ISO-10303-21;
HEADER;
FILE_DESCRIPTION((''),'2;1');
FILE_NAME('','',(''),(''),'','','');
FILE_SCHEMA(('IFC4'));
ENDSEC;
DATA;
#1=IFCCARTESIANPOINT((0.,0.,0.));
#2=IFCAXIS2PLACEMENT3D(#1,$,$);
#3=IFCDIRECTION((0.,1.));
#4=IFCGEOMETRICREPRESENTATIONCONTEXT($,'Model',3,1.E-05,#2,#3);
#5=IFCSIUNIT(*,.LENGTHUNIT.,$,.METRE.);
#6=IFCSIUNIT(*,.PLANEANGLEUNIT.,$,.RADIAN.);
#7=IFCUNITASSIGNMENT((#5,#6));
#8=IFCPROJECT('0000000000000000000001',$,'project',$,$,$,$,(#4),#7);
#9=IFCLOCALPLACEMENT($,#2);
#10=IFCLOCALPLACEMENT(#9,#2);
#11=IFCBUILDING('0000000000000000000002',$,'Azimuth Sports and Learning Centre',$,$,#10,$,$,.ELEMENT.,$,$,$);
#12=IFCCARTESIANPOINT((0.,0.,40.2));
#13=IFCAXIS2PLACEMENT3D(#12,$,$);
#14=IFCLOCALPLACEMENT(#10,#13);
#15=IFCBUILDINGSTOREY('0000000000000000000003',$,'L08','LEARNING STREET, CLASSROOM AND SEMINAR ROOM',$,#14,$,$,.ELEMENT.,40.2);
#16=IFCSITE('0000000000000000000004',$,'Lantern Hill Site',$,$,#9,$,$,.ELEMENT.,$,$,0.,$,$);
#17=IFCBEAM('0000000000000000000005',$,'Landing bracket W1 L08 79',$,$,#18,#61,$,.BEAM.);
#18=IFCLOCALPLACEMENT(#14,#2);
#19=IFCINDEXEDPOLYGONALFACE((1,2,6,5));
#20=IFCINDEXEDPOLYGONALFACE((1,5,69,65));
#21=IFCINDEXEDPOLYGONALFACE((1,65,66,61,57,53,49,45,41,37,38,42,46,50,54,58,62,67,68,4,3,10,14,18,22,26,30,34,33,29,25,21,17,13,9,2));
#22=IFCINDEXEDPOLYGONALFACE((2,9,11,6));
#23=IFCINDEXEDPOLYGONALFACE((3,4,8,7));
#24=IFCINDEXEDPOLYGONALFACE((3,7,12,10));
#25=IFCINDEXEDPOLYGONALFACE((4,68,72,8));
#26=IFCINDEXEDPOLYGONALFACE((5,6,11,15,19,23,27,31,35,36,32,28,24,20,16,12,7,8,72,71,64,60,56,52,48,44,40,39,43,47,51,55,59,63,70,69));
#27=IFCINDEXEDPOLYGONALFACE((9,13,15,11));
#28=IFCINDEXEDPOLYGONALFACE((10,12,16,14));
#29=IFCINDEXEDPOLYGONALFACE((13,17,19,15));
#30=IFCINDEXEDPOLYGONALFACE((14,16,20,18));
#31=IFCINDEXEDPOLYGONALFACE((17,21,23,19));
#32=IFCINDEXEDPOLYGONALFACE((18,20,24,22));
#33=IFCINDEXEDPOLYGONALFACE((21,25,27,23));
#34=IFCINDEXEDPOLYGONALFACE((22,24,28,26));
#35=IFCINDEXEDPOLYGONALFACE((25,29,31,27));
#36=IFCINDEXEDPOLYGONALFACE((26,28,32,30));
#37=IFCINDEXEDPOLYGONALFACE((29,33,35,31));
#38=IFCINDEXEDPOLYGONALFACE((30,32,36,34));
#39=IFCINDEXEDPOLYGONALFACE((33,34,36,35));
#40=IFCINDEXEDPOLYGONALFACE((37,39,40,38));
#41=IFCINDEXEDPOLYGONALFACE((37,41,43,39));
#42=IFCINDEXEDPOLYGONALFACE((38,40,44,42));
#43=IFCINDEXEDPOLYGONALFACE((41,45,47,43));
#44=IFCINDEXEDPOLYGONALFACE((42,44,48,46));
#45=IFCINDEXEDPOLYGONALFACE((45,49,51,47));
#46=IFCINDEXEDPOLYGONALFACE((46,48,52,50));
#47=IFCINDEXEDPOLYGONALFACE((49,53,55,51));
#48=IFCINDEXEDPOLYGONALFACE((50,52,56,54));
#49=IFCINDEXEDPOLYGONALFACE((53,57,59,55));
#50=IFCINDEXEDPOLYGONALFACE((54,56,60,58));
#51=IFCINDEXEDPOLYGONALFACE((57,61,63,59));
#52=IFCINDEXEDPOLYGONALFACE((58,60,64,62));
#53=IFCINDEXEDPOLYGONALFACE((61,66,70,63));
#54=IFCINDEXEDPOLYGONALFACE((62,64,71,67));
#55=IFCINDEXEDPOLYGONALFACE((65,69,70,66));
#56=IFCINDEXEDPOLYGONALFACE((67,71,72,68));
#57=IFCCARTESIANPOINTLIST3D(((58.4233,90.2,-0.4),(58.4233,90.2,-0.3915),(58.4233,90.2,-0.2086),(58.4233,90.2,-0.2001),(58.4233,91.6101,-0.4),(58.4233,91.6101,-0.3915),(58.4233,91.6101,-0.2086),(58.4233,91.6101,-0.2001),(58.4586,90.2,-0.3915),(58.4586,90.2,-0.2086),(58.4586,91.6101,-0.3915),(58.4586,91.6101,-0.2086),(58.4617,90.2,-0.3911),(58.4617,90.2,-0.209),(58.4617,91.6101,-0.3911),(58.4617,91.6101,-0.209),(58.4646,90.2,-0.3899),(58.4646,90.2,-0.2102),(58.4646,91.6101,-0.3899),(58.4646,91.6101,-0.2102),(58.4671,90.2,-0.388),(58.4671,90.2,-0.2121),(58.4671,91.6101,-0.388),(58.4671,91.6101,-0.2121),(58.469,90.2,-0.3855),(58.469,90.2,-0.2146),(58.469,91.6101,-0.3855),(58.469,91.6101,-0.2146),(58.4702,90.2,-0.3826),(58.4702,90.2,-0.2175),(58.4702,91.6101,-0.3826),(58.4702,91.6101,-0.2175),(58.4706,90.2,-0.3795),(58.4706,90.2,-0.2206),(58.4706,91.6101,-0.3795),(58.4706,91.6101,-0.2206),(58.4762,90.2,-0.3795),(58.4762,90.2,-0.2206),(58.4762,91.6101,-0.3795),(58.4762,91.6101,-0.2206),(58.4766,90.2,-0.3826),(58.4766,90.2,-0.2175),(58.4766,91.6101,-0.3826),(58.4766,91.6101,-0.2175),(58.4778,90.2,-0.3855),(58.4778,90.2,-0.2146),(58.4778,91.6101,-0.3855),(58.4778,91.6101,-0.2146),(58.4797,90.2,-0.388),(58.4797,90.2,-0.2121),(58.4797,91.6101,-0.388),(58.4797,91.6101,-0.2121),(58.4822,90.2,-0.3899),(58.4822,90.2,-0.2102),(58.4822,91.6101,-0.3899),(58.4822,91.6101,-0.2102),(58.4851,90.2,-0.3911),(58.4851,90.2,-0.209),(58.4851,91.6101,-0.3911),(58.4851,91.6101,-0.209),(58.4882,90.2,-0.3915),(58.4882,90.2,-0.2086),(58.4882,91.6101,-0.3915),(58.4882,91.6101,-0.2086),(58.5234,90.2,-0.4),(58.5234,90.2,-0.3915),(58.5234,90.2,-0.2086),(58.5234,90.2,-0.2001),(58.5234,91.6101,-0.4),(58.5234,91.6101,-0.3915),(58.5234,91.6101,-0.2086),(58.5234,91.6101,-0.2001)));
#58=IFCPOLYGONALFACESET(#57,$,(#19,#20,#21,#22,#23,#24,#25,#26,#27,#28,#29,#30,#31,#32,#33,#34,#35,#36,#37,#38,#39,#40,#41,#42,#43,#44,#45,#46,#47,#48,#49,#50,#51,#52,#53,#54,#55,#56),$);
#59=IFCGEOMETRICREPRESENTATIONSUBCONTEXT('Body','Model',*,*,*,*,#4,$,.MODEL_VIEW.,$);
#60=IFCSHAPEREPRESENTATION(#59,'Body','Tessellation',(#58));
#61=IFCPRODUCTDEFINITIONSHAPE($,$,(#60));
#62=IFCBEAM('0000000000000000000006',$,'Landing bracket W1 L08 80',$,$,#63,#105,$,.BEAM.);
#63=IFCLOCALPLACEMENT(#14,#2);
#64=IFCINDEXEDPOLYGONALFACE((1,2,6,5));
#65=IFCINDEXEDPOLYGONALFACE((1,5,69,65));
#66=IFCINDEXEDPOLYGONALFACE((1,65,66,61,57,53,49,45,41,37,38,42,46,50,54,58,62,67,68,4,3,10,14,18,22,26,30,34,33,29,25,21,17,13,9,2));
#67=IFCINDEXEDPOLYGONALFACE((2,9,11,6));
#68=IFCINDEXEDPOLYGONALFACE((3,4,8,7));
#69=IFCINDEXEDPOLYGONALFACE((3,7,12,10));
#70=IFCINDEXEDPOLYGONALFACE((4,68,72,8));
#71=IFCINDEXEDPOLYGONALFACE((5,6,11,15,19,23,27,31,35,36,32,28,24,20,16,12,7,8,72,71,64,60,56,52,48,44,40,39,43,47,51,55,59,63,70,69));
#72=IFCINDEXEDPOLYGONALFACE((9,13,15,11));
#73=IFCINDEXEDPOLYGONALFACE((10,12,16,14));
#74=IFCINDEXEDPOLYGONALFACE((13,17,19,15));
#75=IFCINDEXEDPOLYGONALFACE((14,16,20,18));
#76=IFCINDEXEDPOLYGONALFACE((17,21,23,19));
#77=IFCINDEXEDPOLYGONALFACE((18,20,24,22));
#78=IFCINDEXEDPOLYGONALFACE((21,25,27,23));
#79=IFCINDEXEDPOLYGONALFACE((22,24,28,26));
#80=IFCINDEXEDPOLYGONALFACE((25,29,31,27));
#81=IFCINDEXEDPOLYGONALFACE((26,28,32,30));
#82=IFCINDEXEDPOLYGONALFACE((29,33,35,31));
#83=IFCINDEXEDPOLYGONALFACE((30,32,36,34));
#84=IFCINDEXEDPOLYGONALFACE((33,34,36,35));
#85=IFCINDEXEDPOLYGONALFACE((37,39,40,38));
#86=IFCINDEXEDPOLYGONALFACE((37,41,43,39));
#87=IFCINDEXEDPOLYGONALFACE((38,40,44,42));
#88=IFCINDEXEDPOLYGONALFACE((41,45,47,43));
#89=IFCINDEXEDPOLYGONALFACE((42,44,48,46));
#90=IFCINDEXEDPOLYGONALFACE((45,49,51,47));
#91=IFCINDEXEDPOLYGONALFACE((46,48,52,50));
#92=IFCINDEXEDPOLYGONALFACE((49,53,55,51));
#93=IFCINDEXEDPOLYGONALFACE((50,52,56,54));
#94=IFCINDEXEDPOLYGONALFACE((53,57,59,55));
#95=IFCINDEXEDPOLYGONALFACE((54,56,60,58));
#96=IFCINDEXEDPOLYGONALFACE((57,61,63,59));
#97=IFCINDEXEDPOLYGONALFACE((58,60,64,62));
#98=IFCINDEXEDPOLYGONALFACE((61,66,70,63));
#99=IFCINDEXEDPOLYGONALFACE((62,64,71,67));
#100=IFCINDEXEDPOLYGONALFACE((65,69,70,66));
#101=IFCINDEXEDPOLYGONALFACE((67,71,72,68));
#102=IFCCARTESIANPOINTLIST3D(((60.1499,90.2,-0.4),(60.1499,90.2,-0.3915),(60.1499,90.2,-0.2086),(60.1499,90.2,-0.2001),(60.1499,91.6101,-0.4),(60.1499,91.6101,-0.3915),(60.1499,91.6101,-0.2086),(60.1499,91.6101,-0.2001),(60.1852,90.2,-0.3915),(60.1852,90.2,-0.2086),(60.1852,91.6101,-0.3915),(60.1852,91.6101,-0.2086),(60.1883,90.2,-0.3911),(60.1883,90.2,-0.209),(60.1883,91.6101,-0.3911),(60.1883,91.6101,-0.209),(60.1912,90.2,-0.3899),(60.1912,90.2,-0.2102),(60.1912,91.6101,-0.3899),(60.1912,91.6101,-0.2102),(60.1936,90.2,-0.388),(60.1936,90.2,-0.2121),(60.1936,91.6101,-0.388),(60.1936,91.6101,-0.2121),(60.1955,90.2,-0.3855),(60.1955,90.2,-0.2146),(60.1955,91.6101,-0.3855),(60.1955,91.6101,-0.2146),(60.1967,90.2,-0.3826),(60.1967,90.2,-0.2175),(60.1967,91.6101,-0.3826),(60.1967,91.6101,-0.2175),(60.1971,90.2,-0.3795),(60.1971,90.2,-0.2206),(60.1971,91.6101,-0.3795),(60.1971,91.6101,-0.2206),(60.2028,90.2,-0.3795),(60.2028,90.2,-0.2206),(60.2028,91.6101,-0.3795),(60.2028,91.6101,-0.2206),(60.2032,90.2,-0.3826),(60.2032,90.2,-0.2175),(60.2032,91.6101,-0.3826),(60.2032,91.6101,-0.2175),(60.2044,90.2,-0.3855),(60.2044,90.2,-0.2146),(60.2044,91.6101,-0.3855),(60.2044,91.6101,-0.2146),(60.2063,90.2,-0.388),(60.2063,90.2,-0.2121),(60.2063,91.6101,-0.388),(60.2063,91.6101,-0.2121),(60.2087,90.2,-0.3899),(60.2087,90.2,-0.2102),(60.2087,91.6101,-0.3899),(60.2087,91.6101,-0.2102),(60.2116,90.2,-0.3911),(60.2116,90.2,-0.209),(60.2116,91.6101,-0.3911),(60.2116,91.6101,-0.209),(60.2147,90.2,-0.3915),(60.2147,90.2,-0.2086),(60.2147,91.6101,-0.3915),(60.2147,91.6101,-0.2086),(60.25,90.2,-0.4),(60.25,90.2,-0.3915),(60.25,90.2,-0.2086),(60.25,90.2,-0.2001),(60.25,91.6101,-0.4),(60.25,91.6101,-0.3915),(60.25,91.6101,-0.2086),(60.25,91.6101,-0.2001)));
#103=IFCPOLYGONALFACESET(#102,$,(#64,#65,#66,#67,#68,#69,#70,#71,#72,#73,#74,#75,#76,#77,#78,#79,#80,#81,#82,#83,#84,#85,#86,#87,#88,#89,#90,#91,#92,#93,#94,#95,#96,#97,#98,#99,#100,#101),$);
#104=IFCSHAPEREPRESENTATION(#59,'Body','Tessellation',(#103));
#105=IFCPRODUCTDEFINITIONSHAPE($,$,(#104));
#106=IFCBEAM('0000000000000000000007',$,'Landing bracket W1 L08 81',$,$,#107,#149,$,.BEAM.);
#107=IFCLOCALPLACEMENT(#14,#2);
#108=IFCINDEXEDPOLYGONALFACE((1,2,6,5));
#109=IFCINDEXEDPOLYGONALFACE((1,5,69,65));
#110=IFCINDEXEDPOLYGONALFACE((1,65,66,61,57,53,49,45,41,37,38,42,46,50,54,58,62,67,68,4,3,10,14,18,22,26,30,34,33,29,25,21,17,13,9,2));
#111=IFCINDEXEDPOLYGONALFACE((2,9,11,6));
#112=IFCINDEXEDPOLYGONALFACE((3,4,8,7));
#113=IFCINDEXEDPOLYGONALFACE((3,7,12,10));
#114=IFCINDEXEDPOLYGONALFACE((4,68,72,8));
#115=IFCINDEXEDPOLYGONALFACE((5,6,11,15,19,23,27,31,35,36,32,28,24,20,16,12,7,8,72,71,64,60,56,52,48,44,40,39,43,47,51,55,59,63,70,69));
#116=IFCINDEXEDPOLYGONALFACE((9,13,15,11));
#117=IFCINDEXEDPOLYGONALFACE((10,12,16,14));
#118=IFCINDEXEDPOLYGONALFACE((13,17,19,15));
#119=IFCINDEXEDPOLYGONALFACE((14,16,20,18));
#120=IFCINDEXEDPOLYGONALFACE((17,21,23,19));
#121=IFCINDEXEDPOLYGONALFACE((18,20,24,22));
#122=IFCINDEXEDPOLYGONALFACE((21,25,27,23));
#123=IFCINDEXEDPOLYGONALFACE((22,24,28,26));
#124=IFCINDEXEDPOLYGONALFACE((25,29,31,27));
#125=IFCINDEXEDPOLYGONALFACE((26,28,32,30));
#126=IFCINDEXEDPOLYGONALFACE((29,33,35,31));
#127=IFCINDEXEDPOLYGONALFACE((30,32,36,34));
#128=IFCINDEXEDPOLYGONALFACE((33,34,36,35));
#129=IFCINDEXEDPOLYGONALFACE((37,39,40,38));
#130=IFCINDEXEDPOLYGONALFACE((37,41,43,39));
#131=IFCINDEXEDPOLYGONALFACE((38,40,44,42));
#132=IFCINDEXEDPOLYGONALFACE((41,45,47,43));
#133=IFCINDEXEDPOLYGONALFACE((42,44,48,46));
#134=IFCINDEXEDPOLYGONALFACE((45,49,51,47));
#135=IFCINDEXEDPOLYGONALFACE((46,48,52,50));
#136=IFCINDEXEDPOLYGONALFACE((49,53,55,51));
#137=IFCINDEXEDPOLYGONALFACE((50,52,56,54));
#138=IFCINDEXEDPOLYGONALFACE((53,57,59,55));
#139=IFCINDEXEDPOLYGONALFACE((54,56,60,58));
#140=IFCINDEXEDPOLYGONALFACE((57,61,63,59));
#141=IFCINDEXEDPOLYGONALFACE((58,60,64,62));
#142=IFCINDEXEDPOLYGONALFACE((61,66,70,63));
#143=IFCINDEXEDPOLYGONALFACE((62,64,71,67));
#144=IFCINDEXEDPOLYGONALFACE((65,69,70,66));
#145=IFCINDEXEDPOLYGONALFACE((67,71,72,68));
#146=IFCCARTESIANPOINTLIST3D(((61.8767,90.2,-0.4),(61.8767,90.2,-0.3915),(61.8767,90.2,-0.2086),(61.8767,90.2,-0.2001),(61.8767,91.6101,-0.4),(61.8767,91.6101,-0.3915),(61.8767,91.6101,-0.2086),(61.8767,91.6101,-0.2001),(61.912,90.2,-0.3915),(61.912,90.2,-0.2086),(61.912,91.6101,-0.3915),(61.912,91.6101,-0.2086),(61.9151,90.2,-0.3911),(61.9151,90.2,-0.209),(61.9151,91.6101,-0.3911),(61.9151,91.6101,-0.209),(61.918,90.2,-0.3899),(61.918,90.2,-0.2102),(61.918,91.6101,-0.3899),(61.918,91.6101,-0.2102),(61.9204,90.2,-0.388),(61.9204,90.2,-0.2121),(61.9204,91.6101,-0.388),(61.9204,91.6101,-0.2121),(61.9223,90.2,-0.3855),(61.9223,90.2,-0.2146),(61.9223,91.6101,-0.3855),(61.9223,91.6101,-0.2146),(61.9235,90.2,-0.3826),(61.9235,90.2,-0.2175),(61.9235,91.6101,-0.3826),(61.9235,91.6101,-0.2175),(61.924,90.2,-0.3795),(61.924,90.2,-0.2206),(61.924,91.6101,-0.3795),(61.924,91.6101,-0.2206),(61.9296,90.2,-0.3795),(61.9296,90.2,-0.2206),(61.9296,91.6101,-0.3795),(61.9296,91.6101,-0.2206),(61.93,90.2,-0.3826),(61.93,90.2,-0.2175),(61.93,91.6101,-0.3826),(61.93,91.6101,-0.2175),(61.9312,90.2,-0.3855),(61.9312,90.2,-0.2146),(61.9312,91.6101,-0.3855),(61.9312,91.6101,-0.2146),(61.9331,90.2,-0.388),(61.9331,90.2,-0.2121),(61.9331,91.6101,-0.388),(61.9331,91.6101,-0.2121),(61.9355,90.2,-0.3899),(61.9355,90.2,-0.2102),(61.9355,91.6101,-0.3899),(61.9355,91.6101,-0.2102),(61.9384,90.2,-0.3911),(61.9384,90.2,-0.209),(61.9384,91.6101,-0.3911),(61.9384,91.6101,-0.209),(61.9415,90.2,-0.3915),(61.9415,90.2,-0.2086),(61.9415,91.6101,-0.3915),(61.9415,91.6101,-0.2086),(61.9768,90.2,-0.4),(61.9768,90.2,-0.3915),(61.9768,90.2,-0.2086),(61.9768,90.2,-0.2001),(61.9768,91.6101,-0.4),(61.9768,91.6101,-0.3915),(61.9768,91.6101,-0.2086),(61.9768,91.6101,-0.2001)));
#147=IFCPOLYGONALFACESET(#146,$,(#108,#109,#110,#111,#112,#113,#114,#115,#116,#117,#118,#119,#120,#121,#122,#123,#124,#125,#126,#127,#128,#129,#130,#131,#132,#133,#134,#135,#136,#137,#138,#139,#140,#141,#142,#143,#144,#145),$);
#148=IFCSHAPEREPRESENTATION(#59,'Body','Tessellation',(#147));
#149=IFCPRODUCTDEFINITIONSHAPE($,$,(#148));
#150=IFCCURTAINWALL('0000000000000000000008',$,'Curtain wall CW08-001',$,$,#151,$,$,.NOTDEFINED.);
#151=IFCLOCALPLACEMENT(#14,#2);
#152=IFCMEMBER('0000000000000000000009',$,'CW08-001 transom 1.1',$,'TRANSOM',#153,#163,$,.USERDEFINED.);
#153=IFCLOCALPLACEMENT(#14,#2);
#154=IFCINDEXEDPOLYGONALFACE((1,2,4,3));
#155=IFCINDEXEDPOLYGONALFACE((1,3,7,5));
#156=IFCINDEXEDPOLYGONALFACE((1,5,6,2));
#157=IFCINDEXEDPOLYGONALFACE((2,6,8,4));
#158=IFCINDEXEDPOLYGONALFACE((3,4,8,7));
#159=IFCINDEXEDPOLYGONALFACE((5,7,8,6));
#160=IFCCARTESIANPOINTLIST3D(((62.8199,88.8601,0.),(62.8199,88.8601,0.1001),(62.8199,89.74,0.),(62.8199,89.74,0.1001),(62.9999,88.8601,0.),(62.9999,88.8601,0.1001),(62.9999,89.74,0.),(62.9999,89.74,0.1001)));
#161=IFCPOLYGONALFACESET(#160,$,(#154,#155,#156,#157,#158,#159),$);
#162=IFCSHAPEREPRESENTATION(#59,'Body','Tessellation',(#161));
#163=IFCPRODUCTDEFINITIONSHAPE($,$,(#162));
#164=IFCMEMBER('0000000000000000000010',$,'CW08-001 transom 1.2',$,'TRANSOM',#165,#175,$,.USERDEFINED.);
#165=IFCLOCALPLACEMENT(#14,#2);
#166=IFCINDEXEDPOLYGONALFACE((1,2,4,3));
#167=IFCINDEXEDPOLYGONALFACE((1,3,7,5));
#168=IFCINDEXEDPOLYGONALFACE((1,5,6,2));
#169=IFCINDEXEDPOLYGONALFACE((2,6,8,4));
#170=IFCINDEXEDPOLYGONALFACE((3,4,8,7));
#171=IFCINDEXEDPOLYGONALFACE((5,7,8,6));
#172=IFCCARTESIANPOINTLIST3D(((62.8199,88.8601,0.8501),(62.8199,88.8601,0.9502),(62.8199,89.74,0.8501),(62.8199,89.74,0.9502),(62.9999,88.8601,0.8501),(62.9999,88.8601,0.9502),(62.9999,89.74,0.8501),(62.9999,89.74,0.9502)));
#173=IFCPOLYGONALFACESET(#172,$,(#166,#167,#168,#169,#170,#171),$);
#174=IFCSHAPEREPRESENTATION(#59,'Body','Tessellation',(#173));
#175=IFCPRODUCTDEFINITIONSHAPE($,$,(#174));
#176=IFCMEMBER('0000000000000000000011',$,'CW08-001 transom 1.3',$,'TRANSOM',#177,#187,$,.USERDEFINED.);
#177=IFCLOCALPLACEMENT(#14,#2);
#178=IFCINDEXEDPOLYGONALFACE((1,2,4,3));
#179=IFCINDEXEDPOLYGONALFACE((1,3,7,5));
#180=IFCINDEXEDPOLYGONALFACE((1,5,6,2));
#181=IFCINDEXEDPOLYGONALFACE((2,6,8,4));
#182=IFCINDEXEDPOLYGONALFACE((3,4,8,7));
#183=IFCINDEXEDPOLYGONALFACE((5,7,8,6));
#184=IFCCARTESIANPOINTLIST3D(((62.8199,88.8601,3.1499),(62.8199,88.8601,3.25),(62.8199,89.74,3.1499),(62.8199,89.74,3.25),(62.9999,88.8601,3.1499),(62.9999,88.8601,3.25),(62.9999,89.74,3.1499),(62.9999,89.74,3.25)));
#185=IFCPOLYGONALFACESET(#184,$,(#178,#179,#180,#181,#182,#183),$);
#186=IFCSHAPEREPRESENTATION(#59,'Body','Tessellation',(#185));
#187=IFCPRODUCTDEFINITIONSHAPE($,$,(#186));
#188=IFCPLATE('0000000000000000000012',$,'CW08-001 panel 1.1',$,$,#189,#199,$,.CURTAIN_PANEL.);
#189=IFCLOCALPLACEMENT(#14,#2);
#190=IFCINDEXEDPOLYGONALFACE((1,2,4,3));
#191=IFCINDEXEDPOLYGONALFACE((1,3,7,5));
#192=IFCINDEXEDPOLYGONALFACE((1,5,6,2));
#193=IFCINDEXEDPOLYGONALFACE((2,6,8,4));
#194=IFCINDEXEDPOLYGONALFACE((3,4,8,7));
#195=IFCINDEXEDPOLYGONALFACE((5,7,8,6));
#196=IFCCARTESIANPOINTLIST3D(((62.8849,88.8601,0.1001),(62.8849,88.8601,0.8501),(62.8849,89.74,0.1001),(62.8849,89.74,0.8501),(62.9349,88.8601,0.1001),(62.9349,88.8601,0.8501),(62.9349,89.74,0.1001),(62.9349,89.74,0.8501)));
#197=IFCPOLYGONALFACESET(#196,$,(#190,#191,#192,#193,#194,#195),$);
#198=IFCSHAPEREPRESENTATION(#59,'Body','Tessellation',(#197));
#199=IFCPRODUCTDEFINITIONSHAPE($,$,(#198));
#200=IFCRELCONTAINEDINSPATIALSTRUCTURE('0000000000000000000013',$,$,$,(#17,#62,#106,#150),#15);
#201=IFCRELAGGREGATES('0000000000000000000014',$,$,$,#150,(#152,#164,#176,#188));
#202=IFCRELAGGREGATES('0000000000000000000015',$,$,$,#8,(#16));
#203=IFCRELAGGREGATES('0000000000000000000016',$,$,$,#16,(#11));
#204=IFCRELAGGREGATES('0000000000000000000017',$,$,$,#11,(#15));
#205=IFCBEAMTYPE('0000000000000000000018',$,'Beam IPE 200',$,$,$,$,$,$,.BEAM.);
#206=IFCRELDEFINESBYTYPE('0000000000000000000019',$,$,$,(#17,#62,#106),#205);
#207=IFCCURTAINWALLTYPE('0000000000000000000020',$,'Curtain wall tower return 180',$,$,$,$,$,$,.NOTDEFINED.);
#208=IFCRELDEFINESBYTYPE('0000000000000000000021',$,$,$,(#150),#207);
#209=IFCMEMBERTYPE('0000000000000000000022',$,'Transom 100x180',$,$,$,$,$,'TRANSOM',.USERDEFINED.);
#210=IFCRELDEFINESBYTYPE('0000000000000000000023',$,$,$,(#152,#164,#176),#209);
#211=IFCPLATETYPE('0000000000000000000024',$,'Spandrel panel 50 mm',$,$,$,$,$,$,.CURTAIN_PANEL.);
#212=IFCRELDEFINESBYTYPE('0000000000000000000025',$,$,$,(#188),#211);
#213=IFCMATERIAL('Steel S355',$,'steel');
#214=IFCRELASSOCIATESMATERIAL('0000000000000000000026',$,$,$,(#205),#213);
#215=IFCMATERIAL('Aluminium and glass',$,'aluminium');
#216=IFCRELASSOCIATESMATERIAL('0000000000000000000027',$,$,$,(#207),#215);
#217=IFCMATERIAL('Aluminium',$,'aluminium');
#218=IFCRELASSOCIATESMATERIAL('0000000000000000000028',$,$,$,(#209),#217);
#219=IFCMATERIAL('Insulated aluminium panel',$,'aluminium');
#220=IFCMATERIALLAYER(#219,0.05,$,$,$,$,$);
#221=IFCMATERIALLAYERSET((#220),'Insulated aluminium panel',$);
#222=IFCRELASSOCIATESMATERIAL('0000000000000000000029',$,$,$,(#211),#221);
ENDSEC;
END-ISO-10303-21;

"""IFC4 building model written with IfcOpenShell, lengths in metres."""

from ifc_helpers import new_model, si_unit, direction, frame, origin, origin_2d, place, context, subcontext, project, spatial, rectangle, i_section, extrude, material, layer, layer_set, material_profile, profile_set, type_object, element, aggregate, save


model = new_model("IFC4")

# Units and contexts
model_context = context("Model", 3, precision=1e-05, world=origin(), true_north=direction((0.0, 1.0)))
body_context = subcontext(model_context, "Body", "Model", "MODEL_VIEW")
ifc_project = project(units=[si_unit("LENGTHUNIT", "METRE"), si_unit("PLANEANGLEUNIT", "RADIAN")], contexts=[model_context])

# Site, building, storey
site_placement = place(None, origin())
site = spatial("IfcSite", under=ifc_project, at=site_placement, Name="Lantern Hill Site", CompositionType="ELEMENT", RefElevation=0.0)
building_placement = place(site_placement, origin())
building = spatial("IfcBuilding", under=site, at=building_placement, Name="Azimuth Sports and Learning Centre", CompositionType="ELEMENT")
storey_placement = place(building_placement, frame((0.0, 0.0, 40.2)))
storey = spatial("IfcBuildingStorey", under=building, at=storey_placement, Name="L08", Description="LEARNING STREET, CLASSROOM AND SEMINAR ROOM", CompositionType="ELEMENT", Elevation=40.2)

# Beams
ifc_material_1 = material(Name="Steel S355", Category="steel")
ifc_material_profile_1 = material_profile(ifc_material_1, i_section(OverallWidth=0.1001, OverallDepth=0.2, WebThickness=0.0056, FlangeThickness=0.0085, FilletRadius=0.012, at=origin_2d()), Name="IPE 200")
ifc_profile_set_1 = profile_set([ifc_material_profile_1], Name="Steel S355")
beam_type = type_object("IfcBeamType", Name="Beam IPE 200", PredefinedType="BEAM", material=ifc_profile_set_1)
for number, where, z_axis, x_axis, name in (
    (1, (58.4734, 90.2, -0.3), (0.0, 1.0, 0.0), (-1.0, 0.0, 0.0), "Landing bracket W1 L08 79"),
    (2, (60.2, 90.2, -0.3), (0.0, 1.0, 0.0), (-1.0, 0.0, 0.0), "Landing bracket W1 L08 80"),
    (3, (61.9268, 90.2, -0.3), (0.0, 1.0, 0.0), (-1.0, 0.0, 0.0), "Landing bracket W1 L08 81"),
):
    element("IfcBeam", number, at=place(storey_placement, frame(where, z_axis=z_axis, x_axis=x_axis)), inside=storey, type_object=beam_type, Name=name, PredefinedType="BEAM", context=body_context, shape_type="SweptSolid", body=[
        extrude(i_section(OverallWidth=0.1001, OverallDepth=0.2, WebThickness=0.0056, FlangeThickness=0.0085, FilletRadius=0.012, at=origin_2d()), origin(), (0.0, 0.0, 1.0), 1.4102),
    ])

# Curtain wall, members, plate
ifc_material_2 = material(Name="Aluminium and glass", Category="aluminium")
curtain_wall_type = type_object("IfcCurtainWallType", Name="Curtain wall tower return 180", PredefinedType="NOTDEFINED", material=ifc_material_2)
curtain_wall_placement = place(storey_placement, origin())
curtain_wall = element("IfcCurtainWall", 4, at=curtain_wall_placement, inside=storey, type_object=curtain_wall_type, Name="Curtain wall CW08-001", PredefinedType="NOTDEFINED")
ifc_material_3 = material(Name="Aluminium", Category="aluminium")
ifc_material_profile_2 = material_profile(ifc_material_3, rectangle(XDim=0.1799, YDim=0.1001, at=origin_2d()), Name="Transom 100x180")
ifc_profile_set_2 = profile_set([ifc_material_profile_2], Name="Aluminium")
member_type = type_object("IfcMemberType", Name="Transom 100x180", ElementType="TRANSOM", PredefinedType="USERDEFINED", material=ifc_profile_set_2)
member_1_placement = place(storey_placement, frame((62.9099, 89.74, 0.05), z_axis=(0.0, -1.0, 0.0), x_axis=(1.0, 0.0, 0.0)))
member_1 = element("IfcMember", 5, at=member_1_placement, type_object=member_type, Name="CW08-001 transom 1.1", ObjectType="TRANSOM", PredefinedType="USERDEFINED", context=body_context, shape_type="SweptSolid", body=[
    extrude(rectangle(XDim=0.1799, YDim=0.1001, at=origin_2d()), origin(), (0.0, 0.0, 1.0), 0.8799),
])
member_2_placement = place(storey_placement, frame((62.9099, 89.74, 0.9001), z_axis=(0.0, -1.0, 0.0), x_axis=(1.0, 0.0, 0.0)))
member_2 = element("IfcMember", 6, at=member_2_placement, type_object=member_type, Name="CW08-001 transom 1.2", ObjectType="TRANSOM", PredefinedType="USERDEFINED", context=body_context, shape_type="SweptSolid", body=[
    extrude(rectangle(XDim=0.1799, YDim=0.1001, at=origin_2d()), origin(), (0.0, 0.0, 1.0), 0.8799),
])
member_3_placement = place(storey_placement, frame((62.9099, 89.74, 3.2), z_axis=(0.0, -1.0, 0.0), x_axis=(1.0, 0.0, 0.0)))
member_3 = element("IfcMember", 7, at=member_3_placement, type_object=member_type, Name="CW08-001 transom 1.3", ObjectType="TRANSOM", PredefinedType="USERDEFINED", context=body_context, shape_type="SweptSolid", body=[
    extrude(rectangle(XDim=0.1799, YDim=0.1001, at=origin_2d()), origin(), (0.0, 0.0, 1.0), 0.8799),
])
ifc_material_4 = material(Name="Insulated aluminium panel", Category="aluminium")
ifc_layer_1 = layer(ifc_material_4, 0.05)
ifc_layer_set_1 = layer_set([ifc_layer_1], Name="Insulated aluminium panel")
plate_type_1 = type_object("IfcPlateType", Name="Spandrel panel 50 mm", PredefinedType="CURTAIN_PANEL", material=ifc_layer_set_1)
plate_1_placement = place(storey_placement, frame((62.9099, 89.3, 0.1001), z_axis=(0.0, 0.0, 1.0), x_axis=(0.0, -1.0, 0.0)))
plate_1 = element("IfcPlate", 8, at=plate_1_placement, type_object=plate_type_1, Name="CW08-001 panel 1.1", PredefinedType="CURTAIN_PANEL", context=body_context, shape_type="SweptSolid", body=[
    extrude(rectangle(XDim=0.8799, YDim=0.05, at=origin_2d()), origin(), (0.0, 0.0, 1.0), 0.75),
])
aggregate(curtain_wall, [member_1, member_2, member_3, plate_1])

save(model, "model.ifc")
